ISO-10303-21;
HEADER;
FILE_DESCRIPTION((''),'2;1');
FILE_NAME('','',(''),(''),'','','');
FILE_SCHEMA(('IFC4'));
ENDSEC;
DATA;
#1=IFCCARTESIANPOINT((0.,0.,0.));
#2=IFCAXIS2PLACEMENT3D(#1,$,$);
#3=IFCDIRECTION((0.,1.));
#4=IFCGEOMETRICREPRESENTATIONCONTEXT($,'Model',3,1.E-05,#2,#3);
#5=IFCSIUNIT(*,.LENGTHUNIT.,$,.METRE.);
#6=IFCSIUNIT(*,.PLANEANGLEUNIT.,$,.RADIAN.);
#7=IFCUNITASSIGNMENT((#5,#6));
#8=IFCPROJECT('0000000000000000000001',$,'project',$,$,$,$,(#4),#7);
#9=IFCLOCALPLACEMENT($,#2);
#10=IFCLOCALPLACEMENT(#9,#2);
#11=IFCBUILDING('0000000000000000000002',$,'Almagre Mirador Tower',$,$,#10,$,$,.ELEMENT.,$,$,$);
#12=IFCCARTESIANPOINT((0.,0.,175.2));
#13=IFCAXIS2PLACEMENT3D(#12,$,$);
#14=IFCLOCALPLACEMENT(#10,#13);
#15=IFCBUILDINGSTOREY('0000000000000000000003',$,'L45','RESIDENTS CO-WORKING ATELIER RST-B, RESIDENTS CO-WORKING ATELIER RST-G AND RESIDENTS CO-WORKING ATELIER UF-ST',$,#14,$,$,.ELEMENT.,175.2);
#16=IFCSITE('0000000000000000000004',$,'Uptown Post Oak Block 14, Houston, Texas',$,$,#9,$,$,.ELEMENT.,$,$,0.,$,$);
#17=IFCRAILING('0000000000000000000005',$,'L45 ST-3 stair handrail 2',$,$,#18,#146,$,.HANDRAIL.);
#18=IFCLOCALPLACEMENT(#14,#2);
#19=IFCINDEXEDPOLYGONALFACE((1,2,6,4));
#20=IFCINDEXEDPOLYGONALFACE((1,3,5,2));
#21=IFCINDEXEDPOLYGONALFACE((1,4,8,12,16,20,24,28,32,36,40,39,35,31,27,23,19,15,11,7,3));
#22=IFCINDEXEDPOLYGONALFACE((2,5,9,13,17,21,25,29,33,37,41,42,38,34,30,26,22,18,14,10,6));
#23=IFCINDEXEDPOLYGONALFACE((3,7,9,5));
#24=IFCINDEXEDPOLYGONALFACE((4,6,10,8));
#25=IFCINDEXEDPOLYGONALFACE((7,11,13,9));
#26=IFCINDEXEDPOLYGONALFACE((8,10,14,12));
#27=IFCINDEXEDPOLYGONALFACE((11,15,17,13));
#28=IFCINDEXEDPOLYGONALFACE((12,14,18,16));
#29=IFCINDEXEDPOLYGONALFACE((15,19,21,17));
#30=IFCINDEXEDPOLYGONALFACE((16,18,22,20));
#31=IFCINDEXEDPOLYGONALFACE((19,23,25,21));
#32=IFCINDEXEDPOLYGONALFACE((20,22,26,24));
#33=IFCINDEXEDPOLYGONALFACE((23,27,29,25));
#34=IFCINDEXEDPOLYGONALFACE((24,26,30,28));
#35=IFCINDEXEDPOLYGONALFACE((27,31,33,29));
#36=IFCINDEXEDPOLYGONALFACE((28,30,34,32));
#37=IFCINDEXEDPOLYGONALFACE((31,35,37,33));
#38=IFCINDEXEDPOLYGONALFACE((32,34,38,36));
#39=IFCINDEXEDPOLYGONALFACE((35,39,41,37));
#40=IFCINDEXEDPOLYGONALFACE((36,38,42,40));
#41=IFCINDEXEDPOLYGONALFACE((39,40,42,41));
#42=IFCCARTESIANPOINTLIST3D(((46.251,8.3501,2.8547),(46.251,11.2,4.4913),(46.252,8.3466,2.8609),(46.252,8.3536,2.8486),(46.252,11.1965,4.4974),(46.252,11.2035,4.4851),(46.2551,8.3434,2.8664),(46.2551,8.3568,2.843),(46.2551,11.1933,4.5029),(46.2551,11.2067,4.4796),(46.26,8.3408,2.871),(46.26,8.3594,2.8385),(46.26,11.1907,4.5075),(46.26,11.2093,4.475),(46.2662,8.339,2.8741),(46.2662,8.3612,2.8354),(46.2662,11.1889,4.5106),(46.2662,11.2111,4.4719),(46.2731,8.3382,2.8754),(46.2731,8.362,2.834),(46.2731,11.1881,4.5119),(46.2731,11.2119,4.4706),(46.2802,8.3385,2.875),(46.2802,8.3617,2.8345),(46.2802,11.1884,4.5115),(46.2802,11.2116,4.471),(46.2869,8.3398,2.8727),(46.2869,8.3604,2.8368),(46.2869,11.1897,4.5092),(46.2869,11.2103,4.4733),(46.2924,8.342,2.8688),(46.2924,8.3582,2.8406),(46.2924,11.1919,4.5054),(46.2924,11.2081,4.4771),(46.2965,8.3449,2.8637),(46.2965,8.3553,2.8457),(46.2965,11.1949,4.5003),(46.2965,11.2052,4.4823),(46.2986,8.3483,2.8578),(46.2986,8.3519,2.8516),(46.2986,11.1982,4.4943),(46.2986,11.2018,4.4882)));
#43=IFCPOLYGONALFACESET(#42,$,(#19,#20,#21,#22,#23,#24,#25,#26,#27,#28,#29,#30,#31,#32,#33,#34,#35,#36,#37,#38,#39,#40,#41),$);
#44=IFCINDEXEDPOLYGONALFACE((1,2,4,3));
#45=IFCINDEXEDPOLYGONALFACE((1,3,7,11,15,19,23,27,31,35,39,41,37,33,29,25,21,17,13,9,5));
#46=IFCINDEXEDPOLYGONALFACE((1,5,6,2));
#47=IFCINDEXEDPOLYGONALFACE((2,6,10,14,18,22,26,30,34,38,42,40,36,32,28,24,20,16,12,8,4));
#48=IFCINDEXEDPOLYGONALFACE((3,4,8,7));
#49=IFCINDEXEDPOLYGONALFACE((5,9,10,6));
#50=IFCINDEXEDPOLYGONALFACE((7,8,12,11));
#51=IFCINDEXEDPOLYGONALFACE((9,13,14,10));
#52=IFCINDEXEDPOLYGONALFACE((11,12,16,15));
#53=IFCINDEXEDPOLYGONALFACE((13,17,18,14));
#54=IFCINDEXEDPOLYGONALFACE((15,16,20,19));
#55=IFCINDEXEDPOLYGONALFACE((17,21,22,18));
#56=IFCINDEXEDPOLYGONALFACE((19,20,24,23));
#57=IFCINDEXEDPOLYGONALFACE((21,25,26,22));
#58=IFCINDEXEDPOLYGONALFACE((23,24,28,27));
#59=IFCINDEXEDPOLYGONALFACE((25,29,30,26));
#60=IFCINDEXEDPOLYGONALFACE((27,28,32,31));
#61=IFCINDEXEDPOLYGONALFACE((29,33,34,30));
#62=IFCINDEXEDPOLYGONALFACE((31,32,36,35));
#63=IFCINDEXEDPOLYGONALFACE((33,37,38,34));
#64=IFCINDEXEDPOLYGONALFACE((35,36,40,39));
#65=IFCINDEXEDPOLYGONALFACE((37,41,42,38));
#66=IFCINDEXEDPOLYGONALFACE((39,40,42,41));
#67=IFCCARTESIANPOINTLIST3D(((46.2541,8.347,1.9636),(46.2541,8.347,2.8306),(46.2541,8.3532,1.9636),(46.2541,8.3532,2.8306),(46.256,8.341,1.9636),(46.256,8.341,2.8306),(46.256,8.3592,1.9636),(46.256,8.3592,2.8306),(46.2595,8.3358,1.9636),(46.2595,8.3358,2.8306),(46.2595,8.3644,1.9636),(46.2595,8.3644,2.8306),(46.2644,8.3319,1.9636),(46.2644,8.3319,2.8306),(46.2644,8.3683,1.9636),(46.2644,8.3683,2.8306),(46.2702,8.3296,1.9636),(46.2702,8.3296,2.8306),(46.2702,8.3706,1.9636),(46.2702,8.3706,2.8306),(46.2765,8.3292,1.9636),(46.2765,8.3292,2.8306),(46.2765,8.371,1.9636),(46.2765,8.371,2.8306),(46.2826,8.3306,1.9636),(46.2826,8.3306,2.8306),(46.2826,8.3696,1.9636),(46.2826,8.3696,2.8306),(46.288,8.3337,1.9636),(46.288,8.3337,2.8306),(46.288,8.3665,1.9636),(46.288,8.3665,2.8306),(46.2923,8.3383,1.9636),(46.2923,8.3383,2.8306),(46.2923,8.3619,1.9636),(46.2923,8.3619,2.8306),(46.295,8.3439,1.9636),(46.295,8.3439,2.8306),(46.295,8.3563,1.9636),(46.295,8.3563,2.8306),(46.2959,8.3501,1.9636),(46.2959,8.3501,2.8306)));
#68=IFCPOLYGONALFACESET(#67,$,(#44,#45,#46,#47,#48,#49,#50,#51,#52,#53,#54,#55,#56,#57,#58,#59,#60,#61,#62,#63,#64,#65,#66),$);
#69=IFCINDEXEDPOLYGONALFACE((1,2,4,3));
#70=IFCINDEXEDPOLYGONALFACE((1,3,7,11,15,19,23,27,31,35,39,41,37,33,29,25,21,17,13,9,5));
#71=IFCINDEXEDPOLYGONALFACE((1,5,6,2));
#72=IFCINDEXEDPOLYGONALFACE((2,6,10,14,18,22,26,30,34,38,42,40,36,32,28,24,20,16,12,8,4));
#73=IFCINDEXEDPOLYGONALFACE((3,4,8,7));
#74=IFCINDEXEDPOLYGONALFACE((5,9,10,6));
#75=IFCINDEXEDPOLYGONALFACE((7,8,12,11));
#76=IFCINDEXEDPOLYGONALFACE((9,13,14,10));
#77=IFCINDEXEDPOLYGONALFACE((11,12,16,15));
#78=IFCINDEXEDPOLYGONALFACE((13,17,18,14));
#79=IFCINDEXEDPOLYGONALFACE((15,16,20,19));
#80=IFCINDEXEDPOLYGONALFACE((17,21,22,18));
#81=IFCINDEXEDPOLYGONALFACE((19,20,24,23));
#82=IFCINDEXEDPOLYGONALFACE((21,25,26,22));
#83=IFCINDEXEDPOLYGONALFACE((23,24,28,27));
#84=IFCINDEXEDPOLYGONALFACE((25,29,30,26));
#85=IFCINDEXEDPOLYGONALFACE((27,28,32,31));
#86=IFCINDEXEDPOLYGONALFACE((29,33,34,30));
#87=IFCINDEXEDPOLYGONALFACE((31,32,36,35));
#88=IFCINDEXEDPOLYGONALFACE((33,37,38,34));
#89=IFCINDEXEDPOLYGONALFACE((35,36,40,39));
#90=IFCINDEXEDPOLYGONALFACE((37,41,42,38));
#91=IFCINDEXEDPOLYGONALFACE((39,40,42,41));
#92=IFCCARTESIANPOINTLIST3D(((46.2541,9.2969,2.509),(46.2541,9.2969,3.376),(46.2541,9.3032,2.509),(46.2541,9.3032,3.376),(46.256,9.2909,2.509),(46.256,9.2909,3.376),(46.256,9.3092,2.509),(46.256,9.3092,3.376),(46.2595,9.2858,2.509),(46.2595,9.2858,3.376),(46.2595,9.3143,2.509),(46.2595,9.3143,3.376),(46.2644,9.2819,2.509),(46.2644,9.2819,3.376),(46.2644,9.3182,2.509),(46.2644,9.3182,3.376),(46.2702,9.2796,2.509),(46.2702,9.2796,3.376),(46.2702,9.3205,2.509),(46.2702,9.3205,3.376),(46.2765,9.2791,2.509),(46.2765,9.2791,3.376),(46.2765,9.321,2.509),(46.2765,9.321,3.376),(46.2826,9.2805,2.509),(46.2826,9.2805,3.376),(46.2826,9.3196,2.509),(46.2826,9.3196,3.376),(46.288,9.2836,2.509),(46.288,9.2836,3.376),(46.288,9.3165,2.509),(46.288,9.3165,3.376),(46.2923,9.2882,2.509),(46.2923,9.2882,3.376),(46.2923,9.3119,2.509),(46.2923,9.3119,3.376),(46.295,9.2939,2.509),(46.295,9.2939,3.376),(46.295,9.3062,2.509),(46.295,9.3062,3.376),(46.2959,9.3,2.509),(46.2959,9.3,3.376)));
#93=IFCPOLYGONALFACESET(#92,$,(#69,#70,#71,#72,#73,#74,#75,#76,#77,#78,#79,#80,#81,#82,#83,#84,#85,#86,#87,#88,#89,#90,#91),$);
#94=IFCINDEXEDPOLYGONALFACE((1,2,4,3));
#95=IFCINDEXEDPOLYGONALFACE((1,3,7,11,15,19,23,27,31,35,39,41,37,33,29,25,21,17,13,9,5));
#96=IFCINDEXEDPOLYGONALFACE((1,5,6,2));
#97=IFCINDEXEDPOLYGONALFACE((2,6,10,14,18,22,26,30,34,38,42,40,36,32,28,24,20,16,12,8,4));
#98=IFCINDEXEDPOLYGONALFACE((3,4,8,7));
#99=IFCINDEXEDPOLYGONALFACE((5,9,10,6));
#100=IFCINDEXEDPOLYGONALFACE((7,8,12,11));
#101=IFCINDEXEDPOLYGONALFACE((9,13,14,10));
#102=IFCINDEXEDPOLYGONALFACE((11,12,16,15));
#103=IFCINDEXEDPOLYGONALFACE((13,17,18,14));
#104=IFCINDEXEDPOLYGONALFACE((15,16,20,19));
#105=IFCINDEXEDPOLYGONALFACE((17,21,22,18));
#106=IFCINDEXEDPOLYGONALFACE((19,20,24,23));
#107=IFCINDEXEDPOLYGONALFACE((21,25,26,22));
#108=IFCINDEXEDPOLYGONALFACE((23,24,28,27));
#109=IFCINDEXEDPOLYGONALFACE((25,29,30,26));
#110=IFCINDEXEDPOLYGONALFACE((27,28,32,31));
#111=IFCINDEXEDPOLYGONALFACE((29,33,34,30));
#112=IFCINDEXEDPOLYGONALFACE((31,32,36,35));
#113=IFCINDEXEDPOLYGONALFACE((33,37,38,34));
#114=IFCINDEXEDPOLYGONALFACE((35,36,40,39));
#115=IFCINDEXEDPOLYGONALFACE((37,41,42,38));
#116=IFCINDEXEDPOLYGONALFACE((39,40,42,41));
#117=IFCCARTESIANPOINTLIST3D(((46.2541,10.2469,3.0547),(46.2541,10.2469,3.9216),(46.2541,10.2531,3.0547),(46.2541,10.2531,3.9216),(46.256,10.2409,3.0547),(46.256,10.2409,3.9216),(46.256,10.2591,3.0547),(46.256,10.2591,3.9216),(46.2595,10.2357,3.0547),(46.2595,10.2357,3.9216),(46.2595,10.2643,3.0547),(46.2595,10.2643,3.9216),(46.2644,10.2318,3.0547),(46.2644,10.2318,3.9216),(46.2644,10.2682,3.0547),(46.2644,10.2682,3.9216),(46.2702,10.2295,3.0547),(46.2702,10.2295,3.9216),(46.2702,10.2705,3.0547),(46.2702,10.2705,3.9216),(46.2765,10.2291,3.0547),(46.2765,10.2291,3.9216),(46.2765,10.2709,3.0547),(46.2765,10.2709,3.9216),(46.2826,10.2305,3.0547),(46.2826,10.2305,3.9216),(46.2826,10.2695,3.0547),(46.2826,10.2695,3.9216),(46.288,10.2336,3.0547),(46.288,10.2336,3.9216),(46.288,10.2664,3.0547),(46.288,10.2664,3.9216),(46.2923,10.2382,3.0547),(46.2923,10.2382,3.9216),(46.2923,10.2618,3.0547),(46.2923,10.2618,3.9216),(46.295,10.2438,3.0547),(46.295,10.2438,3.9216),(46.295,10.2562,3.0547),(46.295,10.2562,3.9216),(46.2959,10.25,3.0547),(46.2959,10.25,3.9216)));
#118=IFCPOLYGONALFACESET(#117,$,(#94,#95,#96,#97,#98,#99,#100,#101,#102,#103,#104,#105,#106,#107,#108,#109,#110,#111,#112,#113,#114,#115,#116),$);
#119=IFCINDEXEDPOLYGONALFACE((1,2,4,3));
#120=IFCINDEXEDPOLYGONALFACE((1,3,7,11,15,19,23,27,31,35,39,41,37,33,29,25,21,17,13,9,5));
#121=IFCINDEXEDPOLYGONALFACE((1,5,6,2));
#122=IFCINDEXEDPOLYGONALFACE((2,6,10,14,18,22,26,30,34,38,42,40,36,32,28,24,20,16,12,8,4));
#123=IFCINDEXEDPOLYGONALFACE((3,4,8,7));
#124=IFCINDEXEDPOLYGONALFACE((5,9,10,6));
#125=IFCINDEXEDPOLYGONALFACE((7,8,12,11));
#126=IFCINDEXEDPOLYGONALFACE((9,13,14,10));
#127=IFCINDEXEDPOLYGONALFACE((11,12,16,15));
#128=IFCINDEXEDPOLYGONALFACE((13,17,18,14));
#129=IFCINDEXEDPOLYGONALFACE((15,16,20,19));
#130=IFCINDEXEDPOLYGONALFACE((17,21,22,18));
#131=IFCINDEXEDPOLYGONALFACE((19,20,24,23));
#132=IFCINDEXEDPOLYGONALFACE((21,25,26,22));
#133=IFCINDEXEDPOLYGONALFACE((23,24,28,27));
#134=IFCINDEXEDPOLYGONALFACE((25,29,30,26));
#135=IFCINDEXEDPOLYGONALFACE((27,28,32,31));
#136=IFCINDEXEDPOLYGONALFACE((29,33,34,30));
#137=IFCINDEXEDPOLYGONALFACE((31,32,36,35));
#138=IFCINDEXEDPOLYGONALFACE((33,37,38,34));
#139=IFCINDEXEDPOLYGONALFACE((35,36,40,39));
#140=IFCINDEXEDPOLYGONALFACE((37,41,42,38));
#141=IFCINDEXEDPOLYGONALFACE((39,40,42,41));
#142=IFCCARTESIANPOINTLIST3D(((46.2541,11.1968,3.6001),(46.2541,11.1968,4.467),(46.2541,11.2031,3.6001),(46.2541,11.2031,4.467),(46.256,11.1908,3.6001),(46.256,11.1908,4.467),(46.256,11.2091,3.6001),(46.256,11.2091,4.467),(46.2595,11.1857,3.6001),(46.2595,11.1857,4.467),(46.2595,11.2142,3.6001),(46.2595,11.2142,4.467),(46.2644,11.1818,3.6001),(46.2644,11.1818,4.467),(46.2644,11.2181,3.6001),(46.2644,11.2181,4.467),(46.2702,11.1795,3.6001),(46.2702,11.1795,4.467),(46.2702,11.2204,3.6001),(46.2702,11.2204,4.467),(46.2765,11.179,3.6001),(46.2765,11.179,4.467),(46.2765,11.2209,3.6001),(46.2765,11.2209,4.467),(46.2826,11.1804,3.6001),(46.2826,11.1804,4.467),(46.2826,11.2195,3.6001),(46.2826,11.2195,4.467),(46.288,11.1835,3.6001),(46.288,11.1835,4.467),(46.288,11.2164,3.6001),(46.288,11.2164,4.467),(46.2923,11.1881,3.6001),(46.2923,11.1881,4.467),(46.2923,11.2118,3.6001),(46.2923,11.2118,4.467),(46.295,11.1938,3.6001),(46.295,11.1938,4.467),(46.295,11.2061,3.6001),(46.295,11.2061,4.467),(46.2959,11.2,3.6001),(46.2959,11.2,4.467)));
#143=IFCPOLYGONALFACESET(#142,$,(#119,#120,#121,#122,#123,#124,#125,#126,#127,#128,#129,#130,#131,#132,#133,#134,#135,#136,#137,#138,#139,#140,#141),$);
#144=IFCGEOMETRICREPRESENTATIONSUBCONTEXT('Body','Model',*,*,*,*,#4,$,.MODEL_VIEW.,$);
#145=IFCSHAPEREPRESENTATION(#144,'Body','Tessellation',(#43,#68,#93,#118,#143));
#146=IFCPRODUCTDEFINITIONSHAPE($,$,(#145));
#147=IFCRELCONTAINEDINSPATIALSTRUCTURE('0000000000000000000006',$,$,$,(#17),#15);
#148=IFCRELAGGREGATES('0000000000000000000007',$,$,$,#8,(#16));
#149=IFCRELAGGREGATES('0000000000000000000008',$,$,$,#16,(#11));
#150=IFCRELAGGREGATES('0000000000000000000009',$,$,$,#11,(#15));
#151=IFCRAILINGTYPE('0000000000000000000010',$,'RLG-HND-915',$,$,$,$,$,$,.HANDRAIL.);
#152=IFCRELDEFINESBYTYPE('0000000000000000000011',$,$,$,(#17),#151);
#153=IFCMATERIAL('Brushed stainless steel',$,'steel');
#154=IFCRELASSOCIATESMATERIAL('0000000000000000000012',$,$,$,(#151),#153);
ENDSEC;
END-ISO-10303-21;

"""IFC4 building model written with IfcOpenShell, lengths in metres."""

from ifc_helpers import new_model, si_unit, direction, frame, origin, origin_2d, place, context, subcontext, project, spatial, circle, extrude, material, type_object, element, save


model = new_model("IFC4")

# Units and contexts
model_context = context("Model", 3, precision=1e-05, world=origin(), true_north=direction((0.0, 1.0)))
body_context = subcontext(model_context, "Body", "Model", "MODEL_VIEW")
ifc_project = project(units=[si_unit("LENGTHUNIT", "METRE"), si_unit("PLANEANGLEUNIT", "RADIAN")], contexts=[model_context])

# Site, building, storey
site_placement = place(None, origin())
site = spatial("IfcSite", under=ifc_project, at=site_placement, Name="Uptown Post Oak Block 14, Houston, Texas", CompositionType="ELEMENT", RefElevation=0.0)
building_placement = place(site_placement, origin())
building = spatial("IfcBuilding", under=site, at=building_placement, Name="Almagre Mirador Tower", CompositionType="ELEMENT")
storey_placement = place(building_placement, frame((0.0, 0.0, 175.2)))
storey = spatial("IfcBuildingStorey", under=building, at=storey_placement, Name="L45", Description="RESIDENTS CO-WORKING ATELIER RST-B, RESIDENTS CO-WORKING ATELIER RST-G AND RESIDENTS CO-WORKING ATELIER UF-ST", CompositionType="ELEMENT", Elevation=175.2)

# Railing
ifc_material_1 = material(Name="Brushed stainless steel", Category="steel")
railing_type_1 = type_object("IfcRailingType", Name="RLG-HND-915", PredefinedType="HANDRAIL", material=ifc_material_1)
railing_1_placement = place(storey_placement, frame((46.2749, 8.3501, 1.9636)))
element("IfcRailing", 1, at=railing_1_placement, inside=storey, type_object=railing_type_1, Name="L45 ST-3 stair handrail 2", PredefinedType="HANDRAIL", context=body_context, shape_type="SweptSolid", body=[
    extrude(circle(Radius=0.0239, at=origin_2d()), frame((0.0, 0.0, 0.8911), z_axis=(0.0, 0.867194, 0.49797), x_axis=(-1.0, 0.0, 0.0)), (0.0, 0.0, 1.0), 3.2864),
    extrude(circle(Radius=0.021, at=origin_2d()), origin(), (0.0, 0.0, 1.0), 0.8669),
    extrude(circle(Radius=0.021, at=origin_2d()), frame((0.0, 0.95, 0.5454)), (0.0, 0.0, 1.0), 0.8669),
    extrude(circle(Radius=0.021, at=origin_2d()), frame((0.0, 1.8999, 1.0911)), (0.0, 0.0, 1.0), 0.8669),
    extrude(circle(Radius=0.021, at=origin_2d()), frame((0.0, 2.8499, 1.6365)), (0.0, 0.0, 1.0), 0.8669),
])

save(model, "model.ifc")
